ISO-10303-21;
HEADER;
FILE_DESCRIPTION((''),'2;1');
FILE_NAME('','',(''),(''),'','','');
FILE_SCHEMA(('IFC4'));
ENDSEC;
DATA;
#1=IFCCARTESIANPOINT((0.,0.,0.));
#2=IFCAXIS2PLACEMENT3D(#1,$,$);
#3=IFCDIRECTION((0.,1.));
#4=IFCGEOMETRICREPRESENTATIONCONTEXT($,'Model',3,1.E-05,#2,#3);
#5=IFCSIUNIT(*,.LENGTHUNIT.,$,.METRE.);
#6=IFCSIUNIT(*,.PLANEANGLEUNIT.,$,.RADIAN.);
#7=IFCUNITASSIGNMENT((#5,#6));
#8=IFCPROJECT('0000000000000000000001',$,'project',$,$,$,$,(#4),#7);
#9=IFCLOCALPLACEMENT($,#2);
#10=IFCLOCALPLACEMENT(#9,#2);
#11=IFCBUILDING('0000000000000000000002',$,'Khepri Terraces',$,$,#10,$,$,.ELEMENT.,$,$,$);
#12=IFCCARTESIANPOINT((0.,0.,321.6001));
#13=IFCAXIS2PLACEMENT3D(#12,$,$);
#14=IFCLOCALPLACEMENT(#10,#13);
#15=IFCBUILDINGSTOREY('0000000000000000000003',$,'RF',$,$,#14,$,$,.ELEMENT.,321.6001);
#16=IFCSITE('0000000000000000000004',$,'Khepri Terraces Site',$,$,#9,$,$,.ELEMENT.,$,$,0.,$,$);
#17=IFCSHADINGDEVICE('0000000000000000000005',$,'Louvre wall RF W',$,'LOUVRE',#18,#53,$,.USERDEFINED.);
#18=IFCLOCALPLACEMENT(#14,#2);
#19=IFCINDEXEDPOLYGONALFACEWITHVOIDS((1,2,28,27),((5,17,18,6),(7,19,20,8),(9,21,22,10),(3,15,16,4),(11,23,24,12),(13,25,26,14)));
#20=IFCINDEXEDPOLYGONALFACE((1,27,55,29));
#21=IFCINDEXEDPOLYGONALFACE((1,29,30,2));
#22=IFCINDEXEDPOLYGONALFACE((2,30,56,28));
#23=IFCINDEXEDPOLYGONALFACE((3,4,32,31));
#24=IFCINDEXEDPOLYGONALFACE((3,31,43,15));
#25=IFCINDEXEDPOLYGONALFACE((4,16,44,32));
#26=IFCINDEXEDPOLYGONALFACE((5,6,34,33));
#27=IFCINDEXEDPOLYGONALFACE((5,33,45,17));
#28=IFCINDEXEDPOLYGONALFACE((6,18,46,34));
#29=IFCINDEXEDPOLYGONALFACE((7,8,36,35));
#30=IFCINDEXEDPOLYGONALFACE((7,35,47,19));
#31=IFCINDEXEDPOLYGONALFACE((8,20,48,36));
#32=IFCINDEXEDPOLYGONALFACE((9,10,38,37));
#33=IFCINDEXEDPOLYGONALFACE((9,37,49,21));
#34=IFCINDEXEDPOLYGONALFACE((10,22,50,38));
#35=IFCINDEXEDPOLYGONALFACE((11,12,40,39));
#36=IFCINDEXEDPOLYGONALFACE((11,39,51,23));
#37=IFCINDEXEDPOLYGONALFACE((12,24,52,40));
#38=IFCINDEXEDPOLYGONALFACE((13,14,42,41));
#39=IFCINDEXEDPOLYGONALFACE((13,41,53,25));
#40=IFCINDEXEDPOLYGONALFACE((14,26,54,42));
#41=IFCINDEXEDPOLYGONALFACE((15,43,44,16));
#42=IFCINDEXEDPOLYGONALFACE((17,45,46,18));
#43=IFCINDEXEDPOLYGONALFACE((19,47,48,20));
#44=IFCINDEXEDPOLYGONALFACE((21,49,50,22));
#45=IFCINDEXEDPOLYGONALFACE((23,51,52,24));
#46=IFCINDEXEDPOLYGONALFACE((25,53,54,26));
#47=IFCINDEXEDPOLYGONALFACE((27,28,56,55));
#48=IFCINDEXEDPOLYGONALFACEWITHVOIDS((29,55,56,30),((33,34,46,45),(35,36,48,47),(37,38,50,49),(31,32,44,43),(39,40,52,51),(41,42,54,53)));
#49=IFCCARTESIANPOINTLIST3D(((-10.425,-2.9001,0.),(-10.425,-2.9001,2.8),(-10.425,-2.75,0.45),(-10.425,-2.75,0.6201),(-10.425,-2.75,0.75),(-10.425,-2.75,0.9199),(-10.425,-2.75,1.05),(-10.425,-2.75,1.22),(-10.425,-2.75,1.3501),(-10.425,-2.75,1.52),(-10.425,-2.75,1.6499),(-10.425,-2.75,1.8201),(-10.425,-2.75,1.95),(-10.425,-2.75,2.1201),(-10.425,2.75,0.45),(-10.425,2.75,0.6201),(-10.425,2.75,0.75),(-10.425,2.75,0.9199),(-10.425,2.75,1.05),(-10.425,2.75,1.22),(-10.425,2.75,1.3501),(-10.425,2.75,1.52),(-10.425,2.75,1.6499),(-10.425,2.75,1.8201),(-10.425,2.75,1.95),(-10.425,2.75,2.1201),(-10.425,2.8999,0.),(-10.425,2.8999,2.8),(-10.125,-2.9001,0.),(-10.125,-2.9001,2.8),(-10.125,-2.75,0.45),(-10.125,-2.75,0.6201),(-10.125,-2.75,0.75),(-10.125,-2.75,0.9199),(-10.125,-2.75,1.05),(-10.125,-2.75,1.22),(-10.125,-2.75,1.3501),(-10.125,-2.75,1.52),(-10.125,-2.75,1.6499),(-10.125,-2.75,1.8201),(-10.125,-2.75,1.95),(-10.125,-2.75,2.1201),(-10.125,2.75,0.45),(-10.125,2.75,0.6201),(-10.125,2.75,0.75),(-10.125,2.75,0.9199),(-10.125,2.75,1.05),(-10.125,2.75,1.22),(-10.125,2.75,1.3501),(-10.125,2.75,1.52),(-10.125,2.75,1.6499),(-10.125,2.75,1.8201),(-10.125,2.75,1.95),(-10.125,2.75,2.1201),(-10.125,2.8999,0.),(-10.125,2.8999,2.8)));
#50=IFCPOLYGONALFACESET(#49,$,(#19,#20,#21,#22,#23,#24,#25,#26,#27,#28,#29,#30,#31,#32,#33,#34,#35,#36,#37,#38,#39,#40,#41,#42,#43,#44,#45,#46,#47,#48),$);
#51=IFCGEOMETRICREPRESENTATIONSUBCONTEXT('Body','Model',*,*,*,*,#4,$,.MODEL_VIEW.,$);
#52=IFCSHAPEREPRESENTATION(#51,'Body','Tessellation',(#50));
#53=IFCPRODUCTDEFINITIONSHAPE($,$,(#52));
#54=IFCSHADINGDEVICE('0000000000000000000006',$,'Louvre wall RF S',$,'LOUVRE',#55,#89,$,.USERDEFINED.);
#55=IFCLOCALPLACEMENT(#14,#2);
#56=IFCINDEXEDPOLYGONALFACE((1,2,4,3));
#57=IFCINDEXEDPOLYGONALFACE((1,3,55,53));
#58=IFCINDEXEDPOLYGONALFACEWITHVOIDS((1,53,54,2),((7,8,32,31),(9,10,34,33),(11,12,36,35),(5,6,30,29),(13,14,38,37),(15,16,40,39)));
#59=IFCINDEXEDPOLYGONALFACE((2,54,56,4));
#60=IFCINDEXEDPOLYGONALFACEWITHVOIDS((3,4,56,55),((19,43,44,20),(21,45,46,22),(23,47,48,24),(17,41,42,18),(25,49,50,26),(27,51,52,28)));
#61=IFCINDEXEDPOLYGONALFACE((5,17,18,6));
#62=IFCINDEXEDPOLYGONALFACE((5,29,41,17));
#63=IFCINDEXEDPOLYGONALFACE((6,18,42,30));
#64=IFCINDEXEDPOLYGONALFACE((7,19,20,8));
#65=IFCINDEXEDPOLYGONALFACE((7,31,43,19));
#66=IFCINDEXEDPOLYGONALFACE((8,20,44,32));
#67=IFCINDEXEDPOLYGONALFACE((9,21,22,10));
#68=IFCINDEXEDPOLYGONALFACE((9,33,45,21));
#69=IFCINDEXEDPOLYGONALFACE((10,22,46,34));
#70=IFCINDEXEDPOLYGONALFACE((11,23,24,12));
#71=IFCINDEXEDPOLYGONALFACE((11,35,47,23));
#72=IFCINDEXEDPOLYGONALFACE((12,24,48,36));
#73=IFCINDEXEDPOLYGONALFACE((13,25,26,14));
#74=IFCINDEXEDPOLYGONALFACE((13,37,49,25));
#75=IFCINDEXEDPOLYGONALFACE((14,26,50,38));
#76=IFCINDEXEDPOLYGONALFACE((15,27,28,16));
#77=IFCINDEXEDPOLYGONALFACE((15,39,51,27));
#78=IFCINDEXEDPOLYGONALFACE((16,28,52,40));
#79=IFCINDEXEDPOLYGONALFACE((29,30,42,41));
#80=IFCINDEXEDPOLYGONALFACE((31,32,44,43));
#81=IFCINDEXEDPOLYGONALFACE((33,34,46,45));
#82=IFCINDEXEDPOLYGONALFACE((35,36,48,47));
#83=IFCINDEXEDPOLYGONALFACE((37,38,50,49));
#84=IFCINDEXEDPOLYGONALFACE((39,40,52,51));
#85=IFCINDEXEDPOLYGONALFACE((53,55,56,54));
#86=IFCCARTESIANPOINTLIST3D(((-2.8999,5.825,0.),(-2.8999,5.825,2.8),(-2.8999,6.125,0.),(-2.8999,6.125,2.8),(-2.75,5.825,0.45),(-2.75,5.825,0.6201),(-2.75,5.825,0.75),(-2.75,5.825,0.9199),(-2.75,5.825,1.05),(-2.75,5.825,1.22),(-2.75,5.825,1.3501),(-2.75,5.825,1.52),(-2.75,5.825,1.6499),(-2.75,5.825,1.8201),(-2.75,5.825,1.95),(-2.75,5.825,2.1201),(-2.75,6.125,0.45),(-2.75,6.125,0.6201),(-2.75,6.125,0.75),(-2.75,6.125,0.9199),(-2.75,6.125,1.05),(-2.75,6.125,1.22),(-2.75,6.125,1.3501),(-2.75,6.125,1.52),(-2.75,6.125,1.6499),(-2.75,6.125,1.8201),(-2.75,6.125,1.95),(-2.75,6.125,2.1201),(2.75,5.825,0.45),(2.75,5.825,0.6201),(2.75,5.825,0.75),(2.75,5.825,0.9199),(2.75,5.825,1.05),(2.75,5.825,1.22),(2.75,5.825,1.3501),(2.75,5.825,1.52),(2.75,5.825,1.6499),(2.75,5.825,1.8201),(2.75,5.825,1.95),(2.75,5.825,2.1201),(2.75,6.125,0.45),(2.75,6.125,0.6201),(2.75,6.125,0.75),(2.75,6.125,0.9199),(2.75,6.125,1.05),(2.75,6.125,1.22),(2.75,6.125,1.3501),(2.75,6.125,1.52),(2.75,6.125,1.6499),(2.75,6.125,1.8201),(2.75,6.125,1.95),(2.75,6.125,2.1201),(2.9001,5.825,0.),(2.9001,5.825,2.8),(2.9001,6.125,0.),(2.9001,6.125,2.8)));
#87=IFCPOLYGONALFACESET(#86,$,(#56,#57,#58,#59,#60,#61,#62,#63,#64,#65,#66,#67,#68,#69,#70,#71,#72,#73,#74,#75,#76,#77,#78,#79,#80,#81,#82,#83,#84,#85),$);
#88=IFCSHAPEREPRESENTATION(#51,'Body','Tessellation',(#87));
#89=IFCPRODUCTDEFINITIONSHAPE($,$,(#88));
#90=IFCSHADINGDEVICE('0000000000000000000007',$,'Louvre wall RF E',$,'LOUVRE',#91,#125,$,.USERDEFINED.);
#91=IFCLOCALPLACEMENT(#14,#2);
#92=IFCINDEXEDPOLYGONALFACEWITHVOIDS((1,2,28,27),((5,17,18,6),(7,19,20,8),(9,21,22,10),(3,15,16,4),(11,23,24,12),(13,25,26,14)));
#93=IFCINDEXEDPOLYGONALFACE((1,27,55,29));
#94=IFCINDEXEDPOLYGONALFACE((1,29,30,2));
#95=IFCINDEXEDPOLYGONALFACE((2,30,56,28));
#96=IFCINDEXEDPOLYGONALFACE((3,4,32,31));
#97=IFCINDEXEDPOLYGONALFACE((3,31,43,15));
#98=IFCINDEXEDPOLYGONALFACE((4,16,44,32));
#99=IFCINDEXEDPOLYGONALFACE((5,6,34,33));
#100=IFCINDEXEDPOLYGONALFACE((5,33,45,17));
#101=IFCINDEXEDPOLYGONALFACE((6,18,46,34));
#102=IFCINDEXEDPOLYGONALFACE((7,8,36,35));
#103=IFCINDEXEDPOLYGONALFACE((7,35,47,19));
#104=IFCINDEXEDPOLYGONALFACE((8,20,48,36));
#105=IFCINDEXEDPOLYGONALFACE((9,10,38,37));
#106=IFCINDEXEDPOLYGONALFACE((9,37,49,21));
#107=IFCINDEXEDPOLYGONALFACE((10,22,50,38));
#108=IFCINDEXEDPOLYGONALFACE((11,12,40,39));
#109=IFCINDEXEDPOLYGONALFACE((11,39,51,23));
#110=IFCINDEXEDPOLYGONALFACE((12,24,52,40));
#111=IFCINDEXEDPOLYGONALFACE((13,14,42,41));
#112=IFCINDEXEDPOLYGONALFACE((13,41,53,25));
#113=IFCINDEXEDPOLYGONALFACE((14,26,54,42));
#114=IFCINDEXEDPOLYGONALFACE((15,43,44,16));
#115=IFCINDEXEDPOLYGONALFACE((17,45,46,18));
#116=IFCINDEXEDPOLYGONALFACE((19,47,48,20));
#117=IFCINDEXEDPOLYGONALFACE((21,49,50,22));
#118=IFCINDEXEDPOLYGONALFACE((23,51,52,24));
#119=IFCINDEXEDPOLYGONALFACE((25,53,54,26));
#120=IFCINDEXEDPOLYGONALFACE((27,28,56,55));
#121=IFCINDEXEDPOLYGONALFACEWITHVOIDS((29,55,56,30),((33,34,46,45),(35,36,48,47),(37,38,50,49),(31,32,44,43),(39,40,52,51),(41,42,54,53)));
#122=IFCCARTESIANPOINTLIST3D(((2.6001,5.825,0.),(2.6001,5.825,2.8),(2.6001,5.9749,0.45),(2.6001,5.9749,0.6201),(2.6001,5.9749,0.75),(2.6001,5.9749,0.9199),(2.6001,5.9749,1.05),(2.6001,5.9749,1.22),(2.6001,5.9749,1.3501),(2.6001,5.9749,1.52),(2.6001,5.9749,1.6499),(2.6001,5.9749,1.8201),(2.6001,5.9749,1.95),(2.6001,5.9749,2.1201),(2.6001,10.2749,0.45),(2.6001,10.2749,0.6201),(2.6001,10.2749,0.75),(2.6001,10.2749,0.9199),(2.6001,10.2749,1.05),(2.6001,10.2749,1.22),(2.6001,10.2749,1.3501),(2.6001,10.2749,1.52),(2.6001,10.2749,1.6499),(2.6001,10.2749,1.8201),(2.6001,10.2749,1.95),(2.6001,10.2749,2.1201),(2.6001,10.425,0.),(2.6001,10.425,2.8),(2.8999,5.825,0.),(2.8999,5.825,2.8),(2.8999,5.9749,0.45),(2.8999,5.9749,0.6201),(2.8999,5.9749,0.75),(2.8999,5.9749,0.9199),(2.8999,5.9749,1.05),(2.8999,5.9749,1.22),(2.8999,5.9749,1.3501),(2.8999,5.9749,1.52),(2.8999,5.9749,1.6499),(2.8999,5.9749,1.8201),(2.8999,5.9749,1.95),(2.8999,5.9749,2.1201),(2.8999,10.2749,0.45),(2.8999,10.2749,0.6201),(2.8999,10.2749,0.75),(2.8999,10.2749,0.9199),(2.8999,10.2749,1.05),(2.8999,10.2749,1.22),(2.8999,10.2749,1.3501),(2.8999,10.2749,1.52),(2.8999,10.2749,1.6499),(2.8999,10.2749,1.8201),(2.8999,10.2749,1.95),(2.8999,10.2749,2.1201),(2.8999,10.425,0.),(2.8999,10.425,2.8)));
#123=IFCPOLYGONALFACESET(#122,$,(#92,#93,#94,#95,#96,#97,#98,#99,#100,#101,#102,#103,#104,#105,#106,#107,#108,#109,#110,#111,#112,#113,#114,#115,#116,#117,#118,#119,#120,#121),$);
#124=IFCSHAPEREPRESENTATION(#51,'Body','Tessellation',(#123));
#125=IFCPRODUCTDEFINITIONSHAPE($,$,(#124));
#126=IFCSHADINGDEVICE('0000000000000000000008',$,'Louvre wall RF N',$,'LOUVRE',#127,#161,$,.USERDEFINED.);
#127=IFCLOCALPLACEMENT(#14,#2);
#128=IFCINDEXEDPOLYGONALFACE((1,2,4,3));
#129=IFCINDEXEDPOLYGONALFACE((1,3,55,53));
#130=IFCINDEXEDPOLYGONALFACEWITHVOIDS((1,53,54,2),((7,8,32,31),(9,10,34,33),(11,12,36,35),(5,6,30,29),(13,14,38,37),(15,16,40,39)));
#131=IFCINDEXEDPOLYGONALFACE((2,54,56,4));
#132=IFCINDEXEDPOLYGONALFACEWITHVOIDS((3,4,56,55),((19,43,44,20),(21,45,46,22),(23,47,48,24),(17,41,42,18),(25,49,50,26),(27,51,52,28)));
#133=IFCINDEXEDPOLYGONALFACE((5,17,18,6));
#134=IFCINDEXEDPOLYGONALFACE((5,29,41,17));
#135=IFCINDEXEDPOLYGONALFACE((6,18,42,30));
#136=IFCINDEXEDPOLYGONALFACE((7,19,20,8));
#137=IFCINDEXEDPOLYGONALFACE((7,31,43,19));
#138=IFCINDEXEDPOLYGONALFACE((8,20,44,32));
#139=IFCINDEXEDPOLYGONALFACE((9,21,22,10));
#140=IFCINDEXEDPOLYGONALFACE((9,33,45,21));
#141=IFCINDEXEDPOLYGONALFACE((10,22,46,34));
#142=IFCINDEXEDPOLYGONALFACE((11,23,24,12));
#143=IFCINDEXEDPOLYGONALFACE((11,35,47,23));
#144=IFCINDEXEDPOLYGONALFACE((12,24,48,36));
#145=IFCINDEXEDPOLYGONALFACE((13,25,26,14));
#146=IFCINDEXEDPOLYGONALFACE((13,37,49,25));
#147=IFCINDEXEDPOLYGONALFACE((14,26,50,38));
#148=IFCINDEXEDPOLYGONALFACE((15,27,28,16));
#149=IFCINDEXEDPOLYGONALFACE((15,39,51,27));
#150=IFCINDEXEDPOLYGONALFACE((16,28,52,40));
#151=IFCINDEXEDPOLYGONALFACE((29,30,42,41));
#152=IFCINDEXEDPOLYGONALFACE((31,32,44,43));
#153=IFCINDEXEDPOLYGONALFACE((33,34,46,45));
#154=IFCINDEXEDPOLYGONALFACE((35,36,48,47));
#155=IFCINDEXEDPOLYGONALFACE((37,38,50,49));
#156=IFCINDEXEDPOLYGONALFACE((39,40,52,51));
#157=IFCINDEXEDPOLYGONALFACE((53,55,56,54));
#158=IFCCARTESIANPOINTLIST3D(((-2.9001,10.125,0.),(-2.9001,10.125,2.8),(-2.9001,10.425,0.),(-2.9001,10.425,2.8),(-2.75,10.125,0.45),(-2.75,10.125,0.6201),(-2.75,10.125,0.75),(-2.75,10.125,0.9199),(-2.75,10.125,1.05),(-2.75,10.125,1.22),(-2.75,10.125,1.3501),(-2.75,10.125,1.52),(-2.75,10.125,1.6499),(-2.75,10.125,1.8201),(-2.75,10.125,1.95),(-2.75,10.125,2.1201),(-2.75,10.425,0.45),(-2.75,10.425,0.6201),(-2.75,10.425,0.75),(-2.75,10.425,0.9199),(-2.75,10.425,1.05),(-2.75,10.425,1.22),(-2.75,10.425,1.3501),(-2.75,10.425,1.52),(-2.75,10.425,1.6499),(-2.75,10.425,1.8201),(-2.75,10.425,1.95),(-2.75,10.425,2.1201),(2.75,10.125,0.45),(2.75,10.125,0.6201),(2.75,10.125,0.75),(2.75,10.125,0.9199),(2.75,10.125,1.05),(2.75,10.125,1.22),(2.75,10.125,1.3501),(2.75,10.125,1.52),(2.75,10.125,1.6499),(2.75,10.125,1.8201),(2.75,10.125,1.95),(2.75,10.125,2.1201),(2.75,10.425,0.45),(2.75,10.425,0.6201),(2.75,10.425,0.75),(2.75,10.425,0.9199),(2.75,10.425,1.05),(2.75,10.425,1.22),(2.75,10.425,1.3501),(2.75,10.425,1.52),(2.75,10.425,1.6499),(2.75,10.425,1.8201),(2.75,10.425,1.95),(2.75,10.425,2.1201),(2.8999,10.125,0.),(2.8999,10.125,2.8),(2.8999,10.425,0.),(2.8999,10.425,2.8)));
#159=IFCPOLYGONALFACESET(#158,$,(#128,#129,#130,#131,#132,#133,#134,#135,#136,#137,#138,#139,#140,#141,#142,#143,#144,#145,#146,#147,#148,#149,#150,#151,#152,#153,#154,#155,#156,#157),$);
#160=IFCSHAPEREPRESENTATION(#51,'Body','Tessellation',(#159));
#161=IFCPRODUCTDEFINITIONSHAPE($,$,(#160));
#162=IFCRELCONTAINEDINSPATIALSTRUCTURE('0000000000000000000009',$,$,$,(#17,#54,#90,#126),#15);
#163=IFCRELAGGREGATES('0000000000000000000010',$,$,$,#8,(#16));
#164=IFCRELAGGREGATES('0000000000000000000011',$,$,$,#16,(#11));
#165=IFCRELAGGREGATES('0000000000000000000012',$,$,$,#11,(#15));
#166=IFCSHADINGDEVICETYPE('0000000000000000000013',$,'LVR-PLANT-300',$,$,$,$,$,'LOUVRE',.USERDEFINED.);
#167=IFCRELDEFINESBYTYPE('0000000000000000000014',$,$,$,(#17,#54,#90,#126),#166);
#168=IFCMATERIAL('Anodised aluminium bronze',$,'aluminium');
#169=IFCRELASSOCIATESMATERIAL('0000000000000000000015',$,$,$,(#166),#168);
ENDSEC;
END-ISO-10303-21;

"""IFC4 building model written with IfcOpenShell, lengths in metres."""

from ifc_helpers import new_model, si_unit, direction, frame, origin, place, context, subcontext, project, spatial, polyline, outline, extrude, material, type_object, element, save


model = new_model("IFC4")

# Units and contexts
model_context = context("Model", 3, precision=1e-05, world=origin(), true_north=direction((0.0, 1.0)))
body_context = subcontext(model_context, "Body", "Model", "MODEL_VIEW")
ifc_project = project(units=[si_unit("LENGTHUNIT", "METRE"), si_unit("PLANEANGLEUNIT", "RADIAN")], contexts=[model_context])

# Site, building, storey
site_placement = place(None, origin())
site = spatial("IfcSite", under=ifc_project, at=site_placement, Name="Khepri Terraces Site", CompositionType="ELEMENT", RefElevation=0.0)
building_placement = place(site_placement, origin())
building = spatial("IfcBuilding", under=site, at=building_placement, Name="Khepri Terraces", CompositionType="ELEMENT")
storey_placement = place(building_placement, frame((0.0, 0.0, 321.6001)))
storey = spatial("IfcBuildingStorey", under=building, at=storey_placement, Name="RF", CompositionType="ELEMENT", Elevation=321.6001)

# Shading devices
ifc_material_1 = material(Name="Anodised aluminium bronze", Category="aluminium")
shading_device_type = type_object("IfcShadingDeviceType", Name="LVR-PLANT-300", ElementType="LOUVRE", PredefinedType="USERDEFINED", material=ifc_material_1)
for number, where, z_axis, x_axis, name in (
    (1, (-10.125, 2.8999, 0.0), (-1.0, 0.0, 0.0), (0.0, -1.0, 0.0), "Louvre wall RF W"),
    (2, (-2.8999, 6.125, 0.0), (0.0, -1.0, 0.0), (1.0, 0.0, 0.0), "Louvre wall RF S"),
):
    element("IfcShadingDevice", number, at=place(storey_placement, frame(where, z_axis=z_axis, x_axis=x_axis)), inside=storey, type_object=shading_device_type, Name=name, ObjectType="LOUVRE", PredefinedType="USERDEFINED", context=body_context, shape_type="SweptSolid", body=[
        extrude(outline(polyline([(0.0, 0.0), (5.8, 0.0), (5.8, 2.8), (0.0, 2.8), (0.0, 0.0)]), holes=[polyline([(0.1499, 0.45), (5.6499, 0.45), (5.6499, 0.6201), (0.1499, 0.6201), (0.1499, 0.45)]), polyline([(0.1499, 0.75), (5.6499, 0.75), (5.6499, 0.9199), (0.1499, 0.9199), (0.1499, 0.75)]), polyline([(0.1499, 1.05), (5.6499, 1.05), (5.6499, 1.22), (0.1499, 1.22), (0.1499, 1.05)]), polyline([(0.1499, 1.3501), (5.6499, 1.3501), (5.6499, 1.52), (0.1499, 1.52), (0.1499, 1.3501)]), polyline([(0.1499, 1.6499), (5.6499, 1.6499), (5.6499, 1.8201), (0.1499, 1.8201), (0.1499, 1.6499)]), polyline([(0.1499, 1.95), (5.6499, 1.95), (5.6499, 2.1201), (0.1499, 2.1201), (0.1499, 1.95)])]), origin(), (0.0, 0.0, 1.0), 0.3),
    ])
shading_device_1_placement = place(storey_placement, frame((2.6001, 5.825, 0.0), z_axis=(1.0, 0.0, 0.0), x_axis=(0.0, 1.0, 0.0)))
element("IfcShadingDevice", 3, at=shading_device_1_placement, inside=storey, type_object=shading_device_type, Name="Louvre wall RF E", ObjectType="LOUVRE", PredefinedType="USERDEFINED", context=body_context, shape_type="SweptSolid", body=[
    extrude(outline(polyline([(0.0, 0.0), (4.6001, 0.0), (4.6001, 2.8), (0.0, 2.8), (0.0, 0.0)]), holes=[polyline([(0.1499, 0.45), (4.45, 0.45), (4.45, 0.6201), (0.1499, 0.6201), (0.1499, 0.45)]), polyline([(0.1499, 0.75), (4.45, 0.75), (4.45, 0.9199), (0.1499, 0.9199), (0.1499, 0.75)]), polyline([(0.1499, 1.05), (4.45, 1.05), (4.45, 1.22), (0.1499, 1.22), (0.1499, 1.05)]), polyline([(0.1499, 1.3501), (4.45, 1.3501), (4.45, 1.52), (0.1499, 1.52), (0.1499, 1.3501)]), polyline([(0.1499, 1.6499), (4.45, 1.6499), (4.45, 1.8201), (0.1499, 1.8201), (0.1499, 1.6499)]), polyline([(0.1499, 1.95), (4.45, 1.95), (4.45, 2.1201), (0.1499, 2.1201), (0.1499, 1.95)])]), origin(), (0.0, 0.0, 1.0), 0.2998),
])
shading_device_2_placement = place(storey_placement, frame((2.8999, 10.125, 0.0), z_axis=(0.0, 1.0, 0.0), x_axis=(-1.0, 0.0, 0.0)))
element("IfcShadingDevice", 4, at=shading_device_2_placement, inside=storey, type_object=shading_device_type, Name="Louvre wall RF N", ObjectType="LOUVRE", PredefinedType="USERDEFINED", context=body_context, shape_type="SweptSolid", body=[
    extrude(outline(polyline([(0.0, 0.0), (5.8, 0.0), (5.8, 2.8), (0.0, 2.8), (0.0, 0.0)]), holes=[polyline([(0.1499, 0.45), (5.6499, 0.45), (5.6499, 0.6201), (0.1499, 0.6201), (0.1499, 0.45)]), polyline([(0.1499, 0.75), (5.6499, 0.75), (5.6499, 0.9199), (0.1499, 0.9199), (0.1499, 0.75)]), polyline([(0.1499, 1.05), (5.6499, 1.05), (5.6499, 1.22), (0.1499, 1.22), (0.1499, 1.05)]), polyline([(0.1499, 1.3501), (5.6499, 1.3501), (5.6499, 1.52), (0.1499, 1.52), (0.1499, 1.3501)]), polyline([(0.1499, 1.6499), (5.6499, 1.6499), (5.6499, 1.8201), (0.1499, 1.8201), (0.1499, 1.6499)]), polyline([(0.1499, 1.95), (5.6499, 1.95), (5.6499, 2.1201), (0.1499, 2.1201), (0.1499, 1.95)])]), origin(), (0.0, 0.0, 1.0), 0.3),
])

save(model, "model.ifc")
